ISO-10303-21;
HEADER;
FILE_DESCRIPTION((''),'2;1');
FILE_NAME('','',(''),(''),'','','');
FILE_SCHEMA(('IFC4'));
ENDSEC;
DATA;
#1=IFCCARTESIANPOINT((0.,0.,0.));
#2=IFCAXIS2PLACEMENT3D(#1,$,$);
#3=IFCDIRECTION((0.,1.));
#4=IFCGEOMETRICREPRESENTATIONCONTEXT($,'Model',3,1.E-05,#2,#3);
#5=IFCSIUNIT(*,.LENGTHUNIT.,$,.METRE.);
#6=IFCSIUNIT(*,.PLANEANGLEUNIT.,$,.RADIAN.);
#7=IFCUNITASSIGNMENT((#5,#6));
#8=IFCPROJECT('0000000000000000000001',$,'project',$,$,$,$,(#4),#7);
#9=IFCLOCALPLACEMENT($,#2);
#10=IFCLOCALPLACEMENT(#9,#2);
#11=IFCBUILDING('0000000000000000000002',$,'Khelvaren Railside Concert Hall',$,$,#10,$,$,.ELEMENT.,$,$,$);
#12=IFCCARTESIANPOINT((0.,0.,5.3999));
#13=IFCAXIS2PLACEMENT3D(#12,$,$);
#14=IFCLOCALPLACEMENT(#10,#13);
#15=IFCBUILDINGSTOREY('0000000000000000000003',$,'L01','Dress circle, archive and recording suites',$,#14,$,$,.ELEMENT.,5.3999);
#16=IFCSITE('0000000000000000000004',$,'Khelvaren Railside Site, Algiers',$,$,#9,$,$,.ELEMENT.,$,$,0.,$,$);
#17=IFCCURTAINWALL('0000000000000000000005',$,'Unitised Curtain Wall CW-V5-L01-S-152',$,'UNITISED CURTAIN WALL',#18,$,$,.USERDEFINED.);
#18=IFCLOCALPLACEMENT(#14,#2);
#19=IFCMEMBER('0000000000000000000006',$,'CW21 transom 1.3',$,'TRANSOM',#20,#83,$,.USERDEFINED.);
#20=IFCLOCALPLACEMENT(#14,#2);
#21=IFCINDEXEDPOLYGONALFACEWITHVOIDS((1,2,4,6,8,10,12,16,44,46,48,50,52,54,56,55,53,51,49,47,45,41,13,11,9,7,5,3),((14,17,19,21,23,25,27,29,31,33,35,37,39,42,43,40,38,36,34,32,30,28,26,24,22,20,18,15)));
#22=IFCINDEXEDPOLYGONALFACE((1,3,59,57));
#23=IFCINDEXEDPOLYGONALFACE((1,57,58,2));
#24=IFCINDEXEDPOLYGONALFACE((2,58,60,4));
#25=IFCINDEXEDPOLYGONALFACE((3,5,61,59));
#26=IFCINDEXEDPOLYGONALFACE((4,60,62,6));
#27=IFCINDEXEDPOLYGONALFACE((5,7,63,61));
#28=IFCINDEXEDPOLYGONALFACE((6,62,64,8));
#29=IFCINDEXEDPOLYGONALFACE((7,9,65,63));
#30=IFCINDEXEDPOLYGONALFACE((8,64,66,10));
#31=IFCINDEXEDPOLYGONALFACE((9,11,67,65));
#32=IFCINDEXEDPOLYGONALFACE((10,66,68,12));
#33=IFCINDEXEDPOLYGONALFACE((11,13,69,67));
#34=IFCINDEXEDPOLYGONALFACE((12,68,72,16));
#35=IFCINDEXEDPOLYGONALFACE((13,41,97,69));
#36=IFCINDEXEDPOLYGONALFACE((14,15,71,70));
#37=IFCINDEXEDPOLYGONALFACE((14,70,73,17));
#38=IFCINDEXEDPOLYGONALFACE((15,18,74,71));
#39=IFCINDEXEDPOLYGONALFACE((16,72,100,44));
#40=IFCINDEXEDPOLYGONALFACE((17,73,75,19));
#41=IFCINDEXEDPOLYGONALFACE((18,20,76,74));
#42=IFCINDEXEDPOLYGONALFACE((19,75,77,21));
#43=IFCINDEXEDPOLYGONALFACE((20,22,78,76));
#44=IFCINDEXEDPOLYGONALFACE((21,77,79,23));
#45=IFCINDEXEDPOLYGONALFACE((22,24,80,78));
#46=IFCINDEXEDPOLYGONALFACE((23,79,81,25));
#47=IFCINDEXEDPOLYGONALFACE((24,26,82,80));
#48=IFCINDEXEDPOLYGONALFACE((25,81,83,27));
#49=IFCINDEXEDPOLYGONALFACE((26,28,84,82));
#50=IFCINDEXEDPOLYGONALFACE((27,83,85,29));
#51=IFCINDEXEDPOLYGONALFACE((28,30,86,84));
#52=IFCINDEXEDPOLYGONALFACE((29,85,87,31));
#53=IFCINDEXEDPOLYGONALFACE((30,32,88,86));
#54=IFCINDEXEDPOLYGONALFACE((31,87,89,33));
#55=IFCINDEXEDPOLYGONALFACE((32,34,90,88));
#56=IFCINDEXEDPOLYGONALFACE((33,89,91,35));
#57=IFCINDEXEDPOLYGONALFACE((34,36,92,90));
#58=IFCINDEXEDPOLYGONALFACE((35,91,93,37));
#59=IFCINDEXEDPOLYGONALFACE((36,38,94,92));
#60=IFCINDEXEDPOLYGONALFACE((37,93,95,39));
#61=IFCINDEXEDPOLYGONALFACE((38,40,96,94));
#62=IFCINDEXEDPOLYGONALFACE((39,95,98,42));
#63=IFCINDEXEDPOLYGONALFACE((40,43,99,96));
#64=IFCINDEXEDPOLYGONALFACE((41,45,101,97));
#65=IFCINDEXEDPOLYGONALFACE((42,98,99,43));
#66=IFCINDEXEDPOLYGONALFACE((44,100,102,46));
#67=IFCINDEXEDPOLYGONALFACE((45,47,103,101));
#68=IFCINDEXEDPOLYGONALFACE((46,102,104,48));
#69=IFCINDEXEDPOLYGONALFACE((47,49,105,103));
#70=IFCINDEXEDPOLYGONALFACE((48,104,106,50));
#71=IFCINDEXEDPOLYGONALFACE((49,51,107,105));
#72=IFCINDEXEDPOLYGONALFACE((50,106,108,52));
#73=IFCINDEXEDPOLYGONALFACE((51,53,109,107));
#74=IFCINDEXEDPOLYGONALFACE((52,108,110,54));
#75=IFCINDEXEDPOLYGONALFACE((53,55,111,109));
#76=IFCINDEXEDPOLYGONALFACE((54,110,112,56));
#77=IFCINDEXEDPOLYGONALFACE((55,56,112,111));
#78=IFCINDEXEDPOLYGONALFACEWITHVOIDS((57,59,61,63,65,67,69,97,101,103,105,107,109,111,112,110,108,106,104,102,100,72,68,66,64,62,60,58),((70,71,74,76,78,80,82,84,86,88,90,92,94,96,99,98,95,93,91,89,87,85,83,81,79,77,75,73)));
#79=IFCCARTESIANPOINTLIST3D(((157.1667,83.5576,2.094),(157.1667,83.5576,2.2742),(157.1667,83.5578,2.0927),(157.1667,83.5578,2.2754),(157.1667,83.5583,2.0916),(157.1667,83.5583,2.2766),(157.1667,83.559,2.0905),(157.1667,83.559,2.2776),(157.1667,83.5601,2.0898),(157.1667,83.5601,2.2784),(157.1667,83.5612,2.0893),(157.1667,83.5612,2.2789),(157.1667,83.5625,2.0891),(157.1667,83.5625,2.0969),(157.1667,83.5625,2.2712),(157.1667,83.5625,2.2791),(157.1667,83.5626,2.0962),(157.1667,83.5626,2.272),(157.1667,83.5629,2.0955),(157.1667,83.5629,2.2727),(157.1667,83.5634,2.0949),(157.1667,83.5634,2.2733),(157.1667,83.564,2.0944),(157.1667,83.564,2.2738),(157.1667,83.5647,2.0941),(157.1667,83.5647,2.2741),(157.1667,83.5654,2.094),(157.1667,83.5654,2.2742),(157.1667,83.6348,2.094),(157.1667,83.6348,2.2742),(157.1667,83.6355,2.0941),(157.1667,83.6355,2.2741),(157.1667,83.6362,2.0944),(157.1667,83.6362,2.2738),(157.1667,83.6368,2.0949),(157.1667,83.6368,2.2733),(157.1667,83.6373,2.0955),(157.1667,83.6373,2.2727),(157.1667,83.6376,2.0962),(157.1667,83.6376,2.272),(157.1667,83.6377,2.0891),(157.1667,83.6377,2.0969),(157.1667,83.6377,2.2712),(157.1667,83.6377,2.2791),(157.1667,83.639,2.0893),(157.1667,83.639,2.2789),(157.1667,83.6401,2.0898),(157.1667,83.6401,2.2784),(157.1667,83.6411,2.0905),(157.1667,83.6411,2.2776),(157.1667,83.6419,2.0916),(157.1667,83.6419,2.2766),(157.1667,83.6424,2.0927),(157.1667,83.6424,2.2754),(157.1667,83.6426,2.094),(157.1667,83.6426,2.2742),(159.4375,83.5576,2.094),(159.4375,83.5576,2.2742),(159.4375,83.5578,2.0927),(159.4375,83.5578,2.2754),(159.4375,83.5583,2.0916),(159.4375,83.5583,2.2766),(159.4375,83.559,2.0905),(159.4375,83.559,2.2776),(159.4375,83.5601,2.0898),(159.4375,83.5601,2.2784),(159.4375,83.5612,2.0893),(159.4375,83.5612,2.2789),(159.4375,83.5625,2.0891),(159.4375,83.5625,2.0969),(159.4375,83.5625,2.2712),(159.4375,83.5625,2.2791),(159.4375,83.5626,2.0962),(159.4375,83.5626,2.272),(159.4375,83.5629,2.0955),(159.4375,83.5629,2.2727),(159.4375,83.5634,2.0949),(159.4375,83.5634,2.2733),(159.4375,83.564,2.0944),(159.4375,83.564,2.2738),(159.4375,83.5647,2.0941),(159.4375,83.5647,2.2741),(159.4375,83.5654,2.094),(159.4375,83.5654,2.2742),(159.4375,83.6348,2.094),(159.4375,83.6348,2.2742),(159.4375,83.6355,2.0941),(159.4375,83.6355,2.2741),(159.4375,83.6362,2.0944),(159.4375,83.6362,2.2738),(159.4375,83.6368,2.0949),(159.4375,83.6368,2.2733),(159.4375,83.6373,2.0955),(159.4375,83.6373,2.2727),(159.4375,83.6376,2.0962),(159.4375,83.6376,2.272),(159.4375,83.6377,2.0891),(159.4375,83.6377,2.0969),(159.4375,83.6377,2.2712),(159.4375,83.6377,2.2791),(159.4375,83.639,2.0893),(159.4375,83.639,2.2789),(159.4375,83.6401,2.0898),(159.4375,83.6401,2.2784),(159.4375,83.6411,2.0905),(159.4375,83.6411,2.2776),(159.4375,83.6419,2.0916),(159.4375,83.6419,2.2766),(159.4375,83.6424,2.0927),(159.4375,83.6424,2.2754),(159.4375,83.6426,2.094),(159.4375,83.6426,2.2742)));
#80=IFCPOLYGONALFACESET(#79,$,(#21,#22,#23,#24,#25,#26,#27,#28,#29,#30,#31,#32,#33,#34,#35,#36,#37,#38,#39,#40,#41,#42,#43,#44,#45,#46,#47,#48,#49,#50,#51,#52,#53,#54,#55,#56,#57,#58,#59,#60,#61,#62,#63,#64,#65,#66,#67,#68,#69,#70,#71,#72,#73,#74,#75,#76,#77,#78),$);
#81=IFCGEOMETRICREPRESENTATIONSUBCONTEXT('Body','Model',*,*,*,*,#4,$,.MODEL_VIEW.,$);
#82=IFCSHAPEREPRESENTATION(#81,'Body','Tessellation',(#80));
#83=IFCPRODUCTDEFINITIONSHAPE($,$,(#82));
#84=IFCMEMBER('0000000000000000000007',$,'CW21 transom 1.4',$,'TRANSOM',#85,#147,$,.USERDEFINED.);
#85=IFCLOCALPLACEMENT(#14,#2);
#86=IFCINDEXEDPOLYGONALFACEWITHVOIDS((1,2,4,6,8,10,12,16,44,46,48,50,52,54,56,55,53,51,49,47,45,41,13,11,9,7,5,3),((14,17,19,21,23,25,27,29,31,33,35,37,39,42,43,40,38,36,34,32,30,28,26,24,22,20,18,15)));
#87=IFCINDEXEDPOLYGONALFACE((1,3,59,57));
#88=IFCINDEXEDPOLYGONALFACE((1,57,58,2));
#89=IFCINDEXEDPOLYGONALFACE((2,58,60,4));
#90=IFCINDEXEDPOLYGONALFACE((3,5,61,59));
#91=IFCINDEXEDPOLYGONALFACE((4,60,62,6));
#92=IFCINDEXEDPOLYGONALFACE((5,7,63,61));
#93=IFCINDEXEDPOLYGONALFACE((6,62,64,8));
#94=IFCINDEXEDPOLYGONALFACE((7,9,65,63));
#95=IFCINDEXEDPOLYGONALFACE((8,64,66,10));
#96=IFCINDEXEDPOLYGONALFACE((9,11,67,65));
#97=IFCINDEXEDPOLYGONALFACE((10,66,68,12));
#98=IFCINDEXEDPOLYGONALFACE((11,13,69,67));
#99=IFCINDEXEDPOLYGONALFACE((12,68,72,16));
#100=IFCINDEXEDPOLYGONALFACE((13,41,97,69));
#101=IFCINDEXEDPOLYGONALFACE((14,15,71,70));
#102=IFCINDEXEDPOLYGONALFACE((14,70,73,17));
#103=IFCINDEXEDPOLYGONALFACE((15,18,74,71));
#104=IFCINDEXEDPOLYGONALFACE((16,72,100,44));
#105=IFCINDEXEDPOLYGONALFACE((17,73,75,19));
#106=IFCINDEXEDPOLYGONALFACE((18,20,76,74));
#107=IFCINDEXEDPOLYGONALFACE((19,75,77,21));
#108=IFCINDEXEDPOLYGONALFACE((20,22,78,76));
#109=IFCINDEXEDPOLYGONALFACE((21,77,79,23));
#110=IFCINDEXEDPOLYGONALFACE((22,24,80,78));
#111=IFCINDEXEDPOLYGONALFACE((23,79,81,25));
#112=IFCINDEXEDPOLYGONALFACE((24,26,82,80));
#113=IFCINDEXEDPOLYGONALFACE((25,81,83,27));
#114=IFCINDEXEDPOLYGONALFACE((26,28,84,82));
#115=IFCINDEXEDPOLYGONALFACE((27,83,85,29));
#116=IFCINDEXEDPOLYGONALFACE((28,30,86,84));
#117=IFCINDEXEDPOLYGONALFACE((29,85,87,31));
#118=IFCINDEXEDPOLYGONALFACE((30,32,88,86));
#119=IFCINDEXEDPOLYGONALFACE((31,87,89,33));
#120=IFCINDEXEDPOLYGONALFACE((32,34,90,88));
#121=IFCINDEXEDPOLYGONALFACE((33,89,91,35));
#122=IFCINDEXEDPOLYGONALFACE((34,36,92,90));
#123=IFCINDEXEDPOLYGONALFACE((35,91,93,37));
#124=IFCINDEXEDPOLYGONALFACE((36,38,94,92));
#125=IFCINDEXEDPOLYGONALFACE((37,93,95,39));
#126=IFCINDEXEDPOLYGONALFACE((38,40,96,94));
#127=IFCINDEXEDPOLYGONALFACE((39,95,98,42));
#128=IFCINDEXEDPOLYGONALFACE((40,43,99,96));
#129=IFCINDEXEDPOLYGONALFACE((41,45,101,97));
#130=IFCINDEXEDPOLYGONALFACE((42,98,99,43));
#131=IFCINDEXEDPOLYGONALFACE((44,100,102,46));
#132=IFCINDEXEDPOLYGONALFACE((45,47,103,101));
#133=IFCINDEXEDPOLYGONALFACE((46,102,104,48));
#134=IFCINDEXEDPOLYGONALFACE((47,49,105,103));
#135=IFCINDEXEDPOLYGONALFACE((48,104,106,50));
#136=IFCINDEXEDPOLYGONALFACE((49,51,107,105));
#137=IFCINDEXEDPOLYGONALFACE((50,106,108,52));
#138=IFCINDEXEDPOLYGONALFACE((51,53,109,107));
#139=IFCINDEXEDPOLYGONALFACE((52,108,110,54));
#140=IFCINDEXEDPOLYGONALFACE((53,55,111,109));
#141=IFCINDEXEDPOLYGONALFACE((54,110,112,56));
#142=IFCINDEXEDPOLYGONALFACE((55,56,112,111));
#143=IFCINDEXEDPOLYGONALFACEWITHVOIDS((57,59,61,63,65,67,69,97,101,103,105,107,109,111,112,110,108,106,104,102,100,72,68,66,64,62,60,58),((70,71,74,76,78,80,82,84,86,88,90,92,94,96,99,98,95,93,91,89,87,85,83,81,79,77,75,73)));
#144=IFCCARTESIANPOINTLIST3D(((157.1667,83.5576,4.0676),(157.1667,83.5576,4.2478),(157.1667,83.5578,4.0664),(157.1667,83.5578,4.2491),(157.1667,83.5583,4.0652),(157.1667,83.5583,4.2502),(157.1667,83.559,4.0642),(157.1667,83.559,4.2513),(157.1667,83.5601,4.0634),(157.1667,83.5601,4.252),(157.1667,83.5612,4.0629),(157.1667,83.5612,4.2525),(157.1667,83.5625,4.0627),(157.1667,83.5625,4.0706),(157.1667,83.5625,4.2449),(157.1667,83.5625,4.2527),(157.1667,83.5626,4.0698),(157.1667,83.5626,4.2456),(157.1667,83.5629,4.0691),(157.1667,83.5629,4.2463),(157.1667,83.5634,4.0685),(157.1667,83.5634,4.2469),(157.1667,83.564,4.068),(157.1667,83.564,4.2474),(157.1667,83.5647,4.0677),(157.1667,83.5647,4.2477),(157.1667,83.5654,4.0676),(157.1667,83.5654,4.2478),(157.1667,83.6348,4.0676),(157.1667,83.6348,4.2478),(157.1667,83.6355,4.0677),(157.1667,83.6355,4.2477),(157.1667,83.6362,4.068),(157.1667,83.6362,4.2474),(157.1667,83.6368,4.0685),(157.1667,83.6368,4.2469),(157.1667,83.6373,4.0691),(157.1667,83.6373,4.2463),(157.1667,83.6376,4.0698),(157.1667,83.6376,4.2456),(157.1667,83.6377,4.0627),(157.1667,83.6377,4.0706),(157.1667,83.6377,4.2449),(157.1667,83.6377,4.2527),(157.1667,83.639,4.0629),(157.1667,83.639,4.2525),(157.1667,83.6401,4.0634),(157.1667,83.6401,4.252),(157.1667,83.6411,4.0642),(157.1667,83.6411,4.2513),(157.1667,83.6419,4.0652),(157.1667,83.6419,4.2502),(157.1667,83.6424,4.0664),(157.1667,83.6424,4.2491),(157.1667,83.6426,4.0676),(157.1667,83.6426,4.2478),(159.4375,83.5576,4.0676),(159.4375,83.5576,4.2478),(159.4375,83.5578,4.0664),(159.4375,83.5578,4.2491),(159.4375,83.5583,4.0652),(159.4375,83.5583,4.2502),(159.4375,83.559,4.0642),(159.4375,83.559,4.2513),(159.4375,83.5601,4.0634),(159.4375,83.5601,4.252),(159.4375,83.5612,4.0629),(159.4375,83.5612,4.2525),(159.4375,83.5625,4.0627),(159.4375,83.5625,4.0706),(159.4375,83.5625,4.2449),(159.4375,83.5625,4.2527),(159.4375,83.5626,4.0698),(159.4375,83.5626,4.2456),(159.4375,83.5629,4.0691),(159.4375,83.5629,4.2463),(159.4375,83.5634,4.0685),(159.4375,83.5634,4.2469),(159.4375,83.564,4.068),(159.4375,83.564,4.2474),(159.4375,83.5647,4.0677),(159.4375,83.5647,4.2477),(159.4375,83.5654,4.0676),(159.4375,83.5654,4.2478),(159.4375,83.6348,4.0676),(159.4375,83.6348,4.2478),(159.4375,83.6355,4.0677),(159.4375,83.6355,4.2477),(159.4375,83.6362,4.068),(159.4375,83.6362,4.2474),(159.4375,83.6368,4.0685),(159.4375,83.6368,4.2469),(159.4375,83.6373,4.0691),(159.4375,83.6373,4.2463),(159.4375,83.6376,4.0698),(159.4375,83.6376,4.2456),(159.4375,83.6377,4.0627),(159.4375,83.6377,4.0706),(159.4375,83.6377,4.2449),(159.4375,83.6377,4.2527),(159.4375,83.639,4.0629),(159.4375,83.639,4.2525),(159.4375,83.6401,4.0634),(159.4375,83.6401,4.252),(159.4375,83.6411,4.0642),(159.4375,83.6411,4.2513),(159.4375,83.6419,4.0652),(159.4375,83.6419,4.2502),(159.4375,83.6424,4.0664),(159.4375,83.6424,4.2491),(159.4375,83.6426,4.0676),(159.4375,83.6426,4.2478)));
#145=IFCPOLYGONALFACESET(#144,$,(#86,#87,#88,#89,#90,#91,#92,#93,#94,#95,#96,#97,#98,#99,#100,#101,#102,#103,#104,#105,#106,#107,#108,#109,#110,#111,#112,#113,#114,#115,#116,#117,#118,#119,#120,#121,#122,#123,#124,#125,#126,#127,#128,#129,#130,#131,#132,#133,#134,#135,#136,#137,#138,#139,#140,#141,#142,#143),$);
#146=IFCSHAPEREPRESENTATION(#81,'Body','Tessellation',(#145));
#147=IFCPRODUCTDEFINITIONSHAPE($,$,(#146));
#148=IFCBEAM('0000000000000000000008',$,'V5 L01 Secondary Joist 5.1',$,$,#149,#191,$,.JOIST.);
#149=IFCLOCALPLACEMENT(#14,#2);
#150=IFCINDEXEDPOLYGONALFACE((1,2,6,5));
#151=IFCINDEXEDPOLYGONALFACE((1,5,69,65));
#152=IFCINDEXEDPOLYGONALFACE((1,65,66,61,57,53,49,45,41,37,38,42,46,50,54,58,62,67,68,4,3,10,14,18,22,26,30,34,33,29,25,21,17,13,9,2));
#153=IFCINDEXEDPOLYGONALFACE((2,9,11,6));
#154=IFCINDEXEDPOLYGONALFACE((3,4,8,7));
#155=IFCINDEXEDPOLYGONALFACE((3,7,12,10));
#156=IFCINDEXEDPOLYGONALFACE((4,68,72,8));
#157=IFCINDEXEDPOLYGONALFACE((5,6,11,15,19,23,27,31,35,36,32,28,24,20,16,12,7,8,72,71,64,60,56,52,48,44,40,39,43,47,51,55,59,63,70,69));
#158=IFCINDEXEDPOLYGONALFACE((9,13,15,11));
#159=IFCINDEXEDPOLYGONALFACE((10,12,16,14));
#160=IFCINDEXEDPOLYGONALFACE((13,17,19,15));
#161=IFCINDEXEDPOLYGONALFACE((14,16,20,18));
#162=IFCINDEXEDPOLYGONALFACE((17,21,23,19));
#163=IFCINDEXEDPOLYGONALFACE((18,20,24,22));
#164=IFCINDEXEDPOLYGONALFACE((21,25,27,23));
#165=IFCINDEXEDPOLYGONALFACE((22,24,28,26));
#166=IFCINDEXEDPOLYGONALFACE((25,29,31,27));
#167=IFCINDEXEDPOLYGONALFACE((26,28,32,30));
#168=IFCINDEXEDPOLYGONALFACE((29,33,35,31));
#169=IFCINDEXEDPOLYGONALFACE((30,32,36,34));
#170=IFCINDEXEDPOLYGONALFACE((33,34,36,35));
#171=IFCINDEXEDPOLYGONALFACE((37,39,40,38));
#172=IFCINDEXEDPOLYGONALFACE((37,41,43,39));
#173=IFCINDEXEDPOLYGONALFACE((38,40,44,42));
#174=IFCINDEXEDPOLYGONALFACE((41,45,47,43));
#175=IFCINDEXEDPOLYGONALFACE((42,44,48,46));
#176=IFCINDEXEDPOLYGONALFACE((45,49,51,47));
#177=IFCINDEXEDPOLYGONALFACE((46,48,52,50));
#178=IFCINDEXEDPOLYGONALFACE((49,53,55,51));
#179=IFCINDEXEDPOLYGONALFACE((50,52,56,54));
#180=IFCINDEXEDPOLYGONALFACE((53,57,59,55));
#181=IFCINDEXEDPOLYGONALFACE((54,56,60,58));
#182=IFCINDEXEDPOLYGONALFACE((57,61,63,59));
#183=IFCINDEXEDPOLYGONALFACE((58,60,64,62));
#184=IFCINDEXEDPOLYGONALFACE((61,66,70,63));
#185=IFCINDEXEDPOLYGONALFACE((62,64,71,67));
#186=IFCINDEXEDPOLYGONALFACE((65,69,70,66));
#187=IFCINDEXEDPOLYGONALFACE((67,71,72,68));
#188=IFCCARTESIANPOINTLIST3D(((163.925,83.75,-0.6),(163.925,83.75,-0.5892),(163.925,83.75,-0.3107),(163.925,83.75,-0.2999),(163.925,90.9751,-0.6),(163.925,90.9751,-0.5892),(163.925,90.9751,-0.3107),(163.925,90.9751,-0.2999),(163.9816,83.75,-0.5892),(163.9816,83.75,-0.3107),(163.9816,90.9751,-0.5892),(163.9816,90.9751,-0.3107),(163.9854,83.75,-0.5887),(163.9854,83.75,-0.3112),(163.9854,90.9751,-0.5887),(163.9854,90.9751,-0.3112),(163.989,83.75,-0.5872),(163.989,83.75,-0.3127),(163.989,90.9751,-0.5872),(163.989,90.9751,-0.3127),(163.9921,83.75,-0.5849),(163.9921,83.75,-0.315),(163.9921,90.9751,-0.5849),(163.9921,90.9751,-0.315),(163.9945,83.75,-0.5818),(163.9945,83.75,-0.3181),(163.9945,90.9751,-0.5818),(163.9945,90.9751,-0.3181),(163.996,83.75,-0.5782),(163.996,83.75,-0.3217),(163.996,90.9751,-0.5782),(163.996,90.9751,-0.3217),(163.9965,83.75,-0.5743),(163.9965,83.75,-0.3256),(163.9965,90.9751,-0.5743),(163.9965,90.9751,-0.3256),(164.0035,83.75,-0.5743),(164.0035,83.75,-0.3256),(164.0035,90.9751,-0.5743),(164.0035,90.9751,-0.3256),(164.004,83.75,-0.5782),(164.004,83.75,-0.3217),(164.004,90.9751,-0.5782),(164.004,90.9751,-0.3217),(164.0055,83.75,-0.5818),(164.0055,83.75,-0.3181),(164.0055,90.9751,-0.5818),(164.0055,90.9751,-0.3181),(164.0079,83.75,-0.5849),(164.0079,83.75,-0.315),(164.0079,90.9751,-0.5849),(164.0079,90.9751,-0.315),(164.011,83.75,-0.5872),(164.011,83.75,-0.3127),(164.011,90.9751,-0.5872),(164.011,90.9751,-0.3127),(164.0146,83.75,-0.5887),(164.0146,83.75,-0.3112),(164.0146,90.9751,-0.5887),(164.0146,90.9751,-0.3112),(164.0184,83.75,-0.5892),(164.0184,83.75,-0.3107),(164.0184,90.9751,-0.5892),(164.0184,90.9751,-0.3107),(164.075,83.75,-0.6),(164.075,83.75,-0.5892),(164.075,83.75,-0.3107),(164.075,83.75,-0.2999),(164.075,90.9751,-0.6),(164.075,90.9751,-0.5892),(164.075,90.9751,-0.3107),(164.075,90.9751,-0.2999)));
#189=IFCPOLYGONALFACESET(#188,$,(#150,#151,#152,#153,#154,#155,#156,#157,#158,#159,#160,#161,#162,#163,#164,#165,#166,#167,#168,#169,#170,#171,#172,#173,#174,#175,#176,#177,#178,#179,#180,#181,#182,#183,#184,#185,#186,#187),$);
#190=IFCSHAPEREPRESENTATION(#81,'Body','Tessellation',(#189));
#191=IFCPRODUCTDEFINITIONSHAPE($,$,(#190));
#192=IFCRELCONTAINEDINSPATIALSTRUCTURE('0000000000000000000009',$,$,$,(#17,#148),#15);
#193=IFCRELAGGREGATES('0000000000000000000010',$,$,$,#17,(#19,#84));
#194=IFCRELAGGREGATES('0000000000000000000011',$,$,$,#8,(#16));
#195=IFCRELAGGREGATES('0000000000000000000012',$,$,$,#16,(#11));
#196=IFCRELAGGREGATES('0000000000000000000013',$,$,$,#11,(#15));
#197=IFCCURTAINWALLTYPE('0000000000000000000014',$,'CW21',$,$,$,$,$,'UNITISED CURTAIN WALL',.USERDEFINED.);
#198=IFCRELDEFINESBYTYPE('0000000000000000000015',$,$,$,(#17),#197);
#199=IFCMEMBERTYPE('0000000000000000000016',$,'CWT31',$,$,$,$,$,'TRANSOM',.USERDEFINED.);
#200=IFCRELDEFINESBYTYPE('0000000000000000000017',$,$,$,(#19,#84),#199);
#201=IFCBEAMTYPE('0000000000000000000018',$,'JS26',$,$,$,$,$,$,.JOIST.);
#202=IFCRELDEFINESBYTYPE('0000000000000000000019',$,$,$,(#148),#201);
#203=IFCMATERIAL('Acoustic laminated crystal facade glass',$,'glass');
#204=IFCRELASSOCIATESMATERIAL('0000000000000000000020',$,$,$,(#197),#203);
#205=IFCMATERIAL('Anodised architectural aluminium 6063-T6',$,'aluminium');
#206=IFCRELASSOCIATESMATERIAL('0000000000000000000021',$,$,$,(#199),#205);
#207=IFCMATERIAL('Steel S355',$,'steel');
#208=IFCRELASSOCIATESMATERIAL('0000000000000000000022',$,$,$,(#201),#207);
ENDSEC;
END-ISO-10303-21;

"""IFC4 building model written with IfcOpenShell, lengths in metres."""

from ifc_helpers import new_model, si_unit, direction, frame, origin, origin_2d, place, context, subcontext, project, spatial, hollow_rectangle, i_section, extrude, material, material_profile, profile_set, type_object, element, aggregate, save


model = new_model("IFC4")

# Units and contexts
model_context = context("Model", 3, precision=1e-05, world=origin(), true_north=direction((0.0, 1.0)))
body_context = subcontext(model_context, "Body", "Model", "MODEL_VIEW")
ifc_project = project(units=[si_unit("LENGTHUNIT", "METRE"), si_unit("PLANEANGLEUNIT", "RADIAN")], contexts=[model_context])

# Site, building, storey
site_placement = place(None, origin())
site = spatial("IfcSite", under=ifc_project, at=site_placement, Name="Khelvaren Railside Site, Algiers", CompositionType="ELEMENT", RefElevation=0.0)
building_placement = place(site_placement, origin())
building = spatial("IfcBuilding", under=site, at=building_placement, Name="Khelvaren Railside Concert Hall", CompositionType="ELEMENT")
storey_placement = place(building_placement, frame((0.0, 0.0, 5.3999)))
storey = spatial("IfcBuildingStorey", under=building, at=storey_placement, Name="L01", Description="Dress circle, archive and recording suites", CompositionType="ELEMENT", Elevation=5.3999)

# Shared definitions
ifc_material_1 = material(Name="Steel S355", Category="steel")

# Curtain wall, members
ifc_material_2 = material(Name="Acoustic laminated crystal facade glass", Category="glass")
curtain_wall_type = type_object("IfcCurtainWallType", Name="CW21", ElementType="UNITISED CURTAIN WALL", PredefinedType="USERDEFINED", material=ifc_material_2)
curtain_wall_placement = place(storey_placement, origin())
curtain_wall = element("IfcCurtainWall", 1, at=curtain_wall_placement, inside=storey, type_object=curtain_wall_type, Name="Unitised Curtain Wall CW-V5-L01-S-152", ObjectType="UNITISED CURTAIN WALL", PredefinedType="USERDEFINED")
ifc_material_3 = material(Name="Anodised architectural aluminium 6063-T6", Category="aluminium")
ifc_material_profile_1 = material_profile(ifc_material_3, hollow_rectangle(XDim=0.085, YDim=0.1899, WallThickness=0.0049, InnerFilletRadius=0.0029, OuterFilletRadius=0.0049, at=origin_2d()), Name="CWT 85x190x5")
ifc_profile_set_1 = profile_set([ifc_material_profile_1], Name="Anodised architectural aluminium 6063-T6")
member_type_1 = type_object("IfcMemberType", Name="CWT31", ElementType="TRANSOM", PredefinedType="USERDEFINED", material=ifc_profile_set_1)
member_1_placement = place(storey_placement, frame((159.4375, 83.6001, 2.1841), z_axis=(-1.0, 0.0, 0.0), x_axis=(0.0, -1.0, 0.0)))
member_1 = element("IfcMember", 2, at=member_1_placement, type_object=member_type_1, Name="CW21 transom 1.3", ObjectType="TRANSOM", PredefinedType="USERDEFINED", context=body_context, shape_type="SweptSolid", body=[
    extrude(hollow_rectangle(XDim=0.085, YDim=0.1899, WallThickness=0.0049, InnerFilletRadius=0.0029, OuterFilletRadius=0.0049, at=origin_2d()), origin(), (0.0, 0.0, 1.0), 2.2708),
])
member_2_placement = place(storey_placement, frame((159.4375, 83.6001, 4.1577), z_axis=(-1.0, 0.0, 0.0), x_axis=(0.0, -1.0, 0.0)))
member_2 = element("IfcMember", 3, at=member_2_placement, type_object=member_type_1, Name="CW21 transom 1.4", ObjectType="TRANSOM", PredefinedType="USERDEFINED", context=body_context, shape_type="SweptSolid", body=[
    extrude(hollow_rectangle(XDim=0.085, YDim=0.1899, WallThickness=0.0049, InnerFilletRadius=0.0029, OuterFilletRadius=0.0049, at=origin_2d()), origin(), (0.0, 0.0, 1.0), 2.2708),
])
aggregate(curtain_wall, [member_1, member_2])

# Beam
ifc_material_profile_2 = material_profile(ifc_material_1, i_section(OverallWidth=0.1499, OverallDepth=0.3, WebThickness=0.0071, FlangeThickness=0.0107, FilletRadius=0.0149, at=origin_2d()), Name="IPE 300")
ifc_profile_set_2 = profile_set([ifc_material_profile_2], Name="Steel S355")
beam_type_1 = type_object("IfcBeamType", Name="JS26", PredefinedType="JOIST", material=ifc_profile_set_2)
beam_1_placement = place(storey_placement, frame((164.0, 83.75, -0.45), z_axis=(0.0, 1.0, 0.0), x_axis=(-1.0, 0.0, 0.0)))
element("IfcBeam", 4, at=beam_1_placement, inside=storey, type_object=beam_type_1, Name="V5 L01 Secondary Joist 5.1", PredefinedType="JOIST", context=body_context, shape_type="SweptSolid", body=[
    extrude(i_section(OverallWidth=0.1499, OverallDepth=0.3, WebThickness=0.0071, FlangeThickness=0.0107, FilletRadius=0.0149, at=origin_2d()), origin(), (0.0, 0.0, 1.0), 7.2251),
])

save(model, "model.ifc")
